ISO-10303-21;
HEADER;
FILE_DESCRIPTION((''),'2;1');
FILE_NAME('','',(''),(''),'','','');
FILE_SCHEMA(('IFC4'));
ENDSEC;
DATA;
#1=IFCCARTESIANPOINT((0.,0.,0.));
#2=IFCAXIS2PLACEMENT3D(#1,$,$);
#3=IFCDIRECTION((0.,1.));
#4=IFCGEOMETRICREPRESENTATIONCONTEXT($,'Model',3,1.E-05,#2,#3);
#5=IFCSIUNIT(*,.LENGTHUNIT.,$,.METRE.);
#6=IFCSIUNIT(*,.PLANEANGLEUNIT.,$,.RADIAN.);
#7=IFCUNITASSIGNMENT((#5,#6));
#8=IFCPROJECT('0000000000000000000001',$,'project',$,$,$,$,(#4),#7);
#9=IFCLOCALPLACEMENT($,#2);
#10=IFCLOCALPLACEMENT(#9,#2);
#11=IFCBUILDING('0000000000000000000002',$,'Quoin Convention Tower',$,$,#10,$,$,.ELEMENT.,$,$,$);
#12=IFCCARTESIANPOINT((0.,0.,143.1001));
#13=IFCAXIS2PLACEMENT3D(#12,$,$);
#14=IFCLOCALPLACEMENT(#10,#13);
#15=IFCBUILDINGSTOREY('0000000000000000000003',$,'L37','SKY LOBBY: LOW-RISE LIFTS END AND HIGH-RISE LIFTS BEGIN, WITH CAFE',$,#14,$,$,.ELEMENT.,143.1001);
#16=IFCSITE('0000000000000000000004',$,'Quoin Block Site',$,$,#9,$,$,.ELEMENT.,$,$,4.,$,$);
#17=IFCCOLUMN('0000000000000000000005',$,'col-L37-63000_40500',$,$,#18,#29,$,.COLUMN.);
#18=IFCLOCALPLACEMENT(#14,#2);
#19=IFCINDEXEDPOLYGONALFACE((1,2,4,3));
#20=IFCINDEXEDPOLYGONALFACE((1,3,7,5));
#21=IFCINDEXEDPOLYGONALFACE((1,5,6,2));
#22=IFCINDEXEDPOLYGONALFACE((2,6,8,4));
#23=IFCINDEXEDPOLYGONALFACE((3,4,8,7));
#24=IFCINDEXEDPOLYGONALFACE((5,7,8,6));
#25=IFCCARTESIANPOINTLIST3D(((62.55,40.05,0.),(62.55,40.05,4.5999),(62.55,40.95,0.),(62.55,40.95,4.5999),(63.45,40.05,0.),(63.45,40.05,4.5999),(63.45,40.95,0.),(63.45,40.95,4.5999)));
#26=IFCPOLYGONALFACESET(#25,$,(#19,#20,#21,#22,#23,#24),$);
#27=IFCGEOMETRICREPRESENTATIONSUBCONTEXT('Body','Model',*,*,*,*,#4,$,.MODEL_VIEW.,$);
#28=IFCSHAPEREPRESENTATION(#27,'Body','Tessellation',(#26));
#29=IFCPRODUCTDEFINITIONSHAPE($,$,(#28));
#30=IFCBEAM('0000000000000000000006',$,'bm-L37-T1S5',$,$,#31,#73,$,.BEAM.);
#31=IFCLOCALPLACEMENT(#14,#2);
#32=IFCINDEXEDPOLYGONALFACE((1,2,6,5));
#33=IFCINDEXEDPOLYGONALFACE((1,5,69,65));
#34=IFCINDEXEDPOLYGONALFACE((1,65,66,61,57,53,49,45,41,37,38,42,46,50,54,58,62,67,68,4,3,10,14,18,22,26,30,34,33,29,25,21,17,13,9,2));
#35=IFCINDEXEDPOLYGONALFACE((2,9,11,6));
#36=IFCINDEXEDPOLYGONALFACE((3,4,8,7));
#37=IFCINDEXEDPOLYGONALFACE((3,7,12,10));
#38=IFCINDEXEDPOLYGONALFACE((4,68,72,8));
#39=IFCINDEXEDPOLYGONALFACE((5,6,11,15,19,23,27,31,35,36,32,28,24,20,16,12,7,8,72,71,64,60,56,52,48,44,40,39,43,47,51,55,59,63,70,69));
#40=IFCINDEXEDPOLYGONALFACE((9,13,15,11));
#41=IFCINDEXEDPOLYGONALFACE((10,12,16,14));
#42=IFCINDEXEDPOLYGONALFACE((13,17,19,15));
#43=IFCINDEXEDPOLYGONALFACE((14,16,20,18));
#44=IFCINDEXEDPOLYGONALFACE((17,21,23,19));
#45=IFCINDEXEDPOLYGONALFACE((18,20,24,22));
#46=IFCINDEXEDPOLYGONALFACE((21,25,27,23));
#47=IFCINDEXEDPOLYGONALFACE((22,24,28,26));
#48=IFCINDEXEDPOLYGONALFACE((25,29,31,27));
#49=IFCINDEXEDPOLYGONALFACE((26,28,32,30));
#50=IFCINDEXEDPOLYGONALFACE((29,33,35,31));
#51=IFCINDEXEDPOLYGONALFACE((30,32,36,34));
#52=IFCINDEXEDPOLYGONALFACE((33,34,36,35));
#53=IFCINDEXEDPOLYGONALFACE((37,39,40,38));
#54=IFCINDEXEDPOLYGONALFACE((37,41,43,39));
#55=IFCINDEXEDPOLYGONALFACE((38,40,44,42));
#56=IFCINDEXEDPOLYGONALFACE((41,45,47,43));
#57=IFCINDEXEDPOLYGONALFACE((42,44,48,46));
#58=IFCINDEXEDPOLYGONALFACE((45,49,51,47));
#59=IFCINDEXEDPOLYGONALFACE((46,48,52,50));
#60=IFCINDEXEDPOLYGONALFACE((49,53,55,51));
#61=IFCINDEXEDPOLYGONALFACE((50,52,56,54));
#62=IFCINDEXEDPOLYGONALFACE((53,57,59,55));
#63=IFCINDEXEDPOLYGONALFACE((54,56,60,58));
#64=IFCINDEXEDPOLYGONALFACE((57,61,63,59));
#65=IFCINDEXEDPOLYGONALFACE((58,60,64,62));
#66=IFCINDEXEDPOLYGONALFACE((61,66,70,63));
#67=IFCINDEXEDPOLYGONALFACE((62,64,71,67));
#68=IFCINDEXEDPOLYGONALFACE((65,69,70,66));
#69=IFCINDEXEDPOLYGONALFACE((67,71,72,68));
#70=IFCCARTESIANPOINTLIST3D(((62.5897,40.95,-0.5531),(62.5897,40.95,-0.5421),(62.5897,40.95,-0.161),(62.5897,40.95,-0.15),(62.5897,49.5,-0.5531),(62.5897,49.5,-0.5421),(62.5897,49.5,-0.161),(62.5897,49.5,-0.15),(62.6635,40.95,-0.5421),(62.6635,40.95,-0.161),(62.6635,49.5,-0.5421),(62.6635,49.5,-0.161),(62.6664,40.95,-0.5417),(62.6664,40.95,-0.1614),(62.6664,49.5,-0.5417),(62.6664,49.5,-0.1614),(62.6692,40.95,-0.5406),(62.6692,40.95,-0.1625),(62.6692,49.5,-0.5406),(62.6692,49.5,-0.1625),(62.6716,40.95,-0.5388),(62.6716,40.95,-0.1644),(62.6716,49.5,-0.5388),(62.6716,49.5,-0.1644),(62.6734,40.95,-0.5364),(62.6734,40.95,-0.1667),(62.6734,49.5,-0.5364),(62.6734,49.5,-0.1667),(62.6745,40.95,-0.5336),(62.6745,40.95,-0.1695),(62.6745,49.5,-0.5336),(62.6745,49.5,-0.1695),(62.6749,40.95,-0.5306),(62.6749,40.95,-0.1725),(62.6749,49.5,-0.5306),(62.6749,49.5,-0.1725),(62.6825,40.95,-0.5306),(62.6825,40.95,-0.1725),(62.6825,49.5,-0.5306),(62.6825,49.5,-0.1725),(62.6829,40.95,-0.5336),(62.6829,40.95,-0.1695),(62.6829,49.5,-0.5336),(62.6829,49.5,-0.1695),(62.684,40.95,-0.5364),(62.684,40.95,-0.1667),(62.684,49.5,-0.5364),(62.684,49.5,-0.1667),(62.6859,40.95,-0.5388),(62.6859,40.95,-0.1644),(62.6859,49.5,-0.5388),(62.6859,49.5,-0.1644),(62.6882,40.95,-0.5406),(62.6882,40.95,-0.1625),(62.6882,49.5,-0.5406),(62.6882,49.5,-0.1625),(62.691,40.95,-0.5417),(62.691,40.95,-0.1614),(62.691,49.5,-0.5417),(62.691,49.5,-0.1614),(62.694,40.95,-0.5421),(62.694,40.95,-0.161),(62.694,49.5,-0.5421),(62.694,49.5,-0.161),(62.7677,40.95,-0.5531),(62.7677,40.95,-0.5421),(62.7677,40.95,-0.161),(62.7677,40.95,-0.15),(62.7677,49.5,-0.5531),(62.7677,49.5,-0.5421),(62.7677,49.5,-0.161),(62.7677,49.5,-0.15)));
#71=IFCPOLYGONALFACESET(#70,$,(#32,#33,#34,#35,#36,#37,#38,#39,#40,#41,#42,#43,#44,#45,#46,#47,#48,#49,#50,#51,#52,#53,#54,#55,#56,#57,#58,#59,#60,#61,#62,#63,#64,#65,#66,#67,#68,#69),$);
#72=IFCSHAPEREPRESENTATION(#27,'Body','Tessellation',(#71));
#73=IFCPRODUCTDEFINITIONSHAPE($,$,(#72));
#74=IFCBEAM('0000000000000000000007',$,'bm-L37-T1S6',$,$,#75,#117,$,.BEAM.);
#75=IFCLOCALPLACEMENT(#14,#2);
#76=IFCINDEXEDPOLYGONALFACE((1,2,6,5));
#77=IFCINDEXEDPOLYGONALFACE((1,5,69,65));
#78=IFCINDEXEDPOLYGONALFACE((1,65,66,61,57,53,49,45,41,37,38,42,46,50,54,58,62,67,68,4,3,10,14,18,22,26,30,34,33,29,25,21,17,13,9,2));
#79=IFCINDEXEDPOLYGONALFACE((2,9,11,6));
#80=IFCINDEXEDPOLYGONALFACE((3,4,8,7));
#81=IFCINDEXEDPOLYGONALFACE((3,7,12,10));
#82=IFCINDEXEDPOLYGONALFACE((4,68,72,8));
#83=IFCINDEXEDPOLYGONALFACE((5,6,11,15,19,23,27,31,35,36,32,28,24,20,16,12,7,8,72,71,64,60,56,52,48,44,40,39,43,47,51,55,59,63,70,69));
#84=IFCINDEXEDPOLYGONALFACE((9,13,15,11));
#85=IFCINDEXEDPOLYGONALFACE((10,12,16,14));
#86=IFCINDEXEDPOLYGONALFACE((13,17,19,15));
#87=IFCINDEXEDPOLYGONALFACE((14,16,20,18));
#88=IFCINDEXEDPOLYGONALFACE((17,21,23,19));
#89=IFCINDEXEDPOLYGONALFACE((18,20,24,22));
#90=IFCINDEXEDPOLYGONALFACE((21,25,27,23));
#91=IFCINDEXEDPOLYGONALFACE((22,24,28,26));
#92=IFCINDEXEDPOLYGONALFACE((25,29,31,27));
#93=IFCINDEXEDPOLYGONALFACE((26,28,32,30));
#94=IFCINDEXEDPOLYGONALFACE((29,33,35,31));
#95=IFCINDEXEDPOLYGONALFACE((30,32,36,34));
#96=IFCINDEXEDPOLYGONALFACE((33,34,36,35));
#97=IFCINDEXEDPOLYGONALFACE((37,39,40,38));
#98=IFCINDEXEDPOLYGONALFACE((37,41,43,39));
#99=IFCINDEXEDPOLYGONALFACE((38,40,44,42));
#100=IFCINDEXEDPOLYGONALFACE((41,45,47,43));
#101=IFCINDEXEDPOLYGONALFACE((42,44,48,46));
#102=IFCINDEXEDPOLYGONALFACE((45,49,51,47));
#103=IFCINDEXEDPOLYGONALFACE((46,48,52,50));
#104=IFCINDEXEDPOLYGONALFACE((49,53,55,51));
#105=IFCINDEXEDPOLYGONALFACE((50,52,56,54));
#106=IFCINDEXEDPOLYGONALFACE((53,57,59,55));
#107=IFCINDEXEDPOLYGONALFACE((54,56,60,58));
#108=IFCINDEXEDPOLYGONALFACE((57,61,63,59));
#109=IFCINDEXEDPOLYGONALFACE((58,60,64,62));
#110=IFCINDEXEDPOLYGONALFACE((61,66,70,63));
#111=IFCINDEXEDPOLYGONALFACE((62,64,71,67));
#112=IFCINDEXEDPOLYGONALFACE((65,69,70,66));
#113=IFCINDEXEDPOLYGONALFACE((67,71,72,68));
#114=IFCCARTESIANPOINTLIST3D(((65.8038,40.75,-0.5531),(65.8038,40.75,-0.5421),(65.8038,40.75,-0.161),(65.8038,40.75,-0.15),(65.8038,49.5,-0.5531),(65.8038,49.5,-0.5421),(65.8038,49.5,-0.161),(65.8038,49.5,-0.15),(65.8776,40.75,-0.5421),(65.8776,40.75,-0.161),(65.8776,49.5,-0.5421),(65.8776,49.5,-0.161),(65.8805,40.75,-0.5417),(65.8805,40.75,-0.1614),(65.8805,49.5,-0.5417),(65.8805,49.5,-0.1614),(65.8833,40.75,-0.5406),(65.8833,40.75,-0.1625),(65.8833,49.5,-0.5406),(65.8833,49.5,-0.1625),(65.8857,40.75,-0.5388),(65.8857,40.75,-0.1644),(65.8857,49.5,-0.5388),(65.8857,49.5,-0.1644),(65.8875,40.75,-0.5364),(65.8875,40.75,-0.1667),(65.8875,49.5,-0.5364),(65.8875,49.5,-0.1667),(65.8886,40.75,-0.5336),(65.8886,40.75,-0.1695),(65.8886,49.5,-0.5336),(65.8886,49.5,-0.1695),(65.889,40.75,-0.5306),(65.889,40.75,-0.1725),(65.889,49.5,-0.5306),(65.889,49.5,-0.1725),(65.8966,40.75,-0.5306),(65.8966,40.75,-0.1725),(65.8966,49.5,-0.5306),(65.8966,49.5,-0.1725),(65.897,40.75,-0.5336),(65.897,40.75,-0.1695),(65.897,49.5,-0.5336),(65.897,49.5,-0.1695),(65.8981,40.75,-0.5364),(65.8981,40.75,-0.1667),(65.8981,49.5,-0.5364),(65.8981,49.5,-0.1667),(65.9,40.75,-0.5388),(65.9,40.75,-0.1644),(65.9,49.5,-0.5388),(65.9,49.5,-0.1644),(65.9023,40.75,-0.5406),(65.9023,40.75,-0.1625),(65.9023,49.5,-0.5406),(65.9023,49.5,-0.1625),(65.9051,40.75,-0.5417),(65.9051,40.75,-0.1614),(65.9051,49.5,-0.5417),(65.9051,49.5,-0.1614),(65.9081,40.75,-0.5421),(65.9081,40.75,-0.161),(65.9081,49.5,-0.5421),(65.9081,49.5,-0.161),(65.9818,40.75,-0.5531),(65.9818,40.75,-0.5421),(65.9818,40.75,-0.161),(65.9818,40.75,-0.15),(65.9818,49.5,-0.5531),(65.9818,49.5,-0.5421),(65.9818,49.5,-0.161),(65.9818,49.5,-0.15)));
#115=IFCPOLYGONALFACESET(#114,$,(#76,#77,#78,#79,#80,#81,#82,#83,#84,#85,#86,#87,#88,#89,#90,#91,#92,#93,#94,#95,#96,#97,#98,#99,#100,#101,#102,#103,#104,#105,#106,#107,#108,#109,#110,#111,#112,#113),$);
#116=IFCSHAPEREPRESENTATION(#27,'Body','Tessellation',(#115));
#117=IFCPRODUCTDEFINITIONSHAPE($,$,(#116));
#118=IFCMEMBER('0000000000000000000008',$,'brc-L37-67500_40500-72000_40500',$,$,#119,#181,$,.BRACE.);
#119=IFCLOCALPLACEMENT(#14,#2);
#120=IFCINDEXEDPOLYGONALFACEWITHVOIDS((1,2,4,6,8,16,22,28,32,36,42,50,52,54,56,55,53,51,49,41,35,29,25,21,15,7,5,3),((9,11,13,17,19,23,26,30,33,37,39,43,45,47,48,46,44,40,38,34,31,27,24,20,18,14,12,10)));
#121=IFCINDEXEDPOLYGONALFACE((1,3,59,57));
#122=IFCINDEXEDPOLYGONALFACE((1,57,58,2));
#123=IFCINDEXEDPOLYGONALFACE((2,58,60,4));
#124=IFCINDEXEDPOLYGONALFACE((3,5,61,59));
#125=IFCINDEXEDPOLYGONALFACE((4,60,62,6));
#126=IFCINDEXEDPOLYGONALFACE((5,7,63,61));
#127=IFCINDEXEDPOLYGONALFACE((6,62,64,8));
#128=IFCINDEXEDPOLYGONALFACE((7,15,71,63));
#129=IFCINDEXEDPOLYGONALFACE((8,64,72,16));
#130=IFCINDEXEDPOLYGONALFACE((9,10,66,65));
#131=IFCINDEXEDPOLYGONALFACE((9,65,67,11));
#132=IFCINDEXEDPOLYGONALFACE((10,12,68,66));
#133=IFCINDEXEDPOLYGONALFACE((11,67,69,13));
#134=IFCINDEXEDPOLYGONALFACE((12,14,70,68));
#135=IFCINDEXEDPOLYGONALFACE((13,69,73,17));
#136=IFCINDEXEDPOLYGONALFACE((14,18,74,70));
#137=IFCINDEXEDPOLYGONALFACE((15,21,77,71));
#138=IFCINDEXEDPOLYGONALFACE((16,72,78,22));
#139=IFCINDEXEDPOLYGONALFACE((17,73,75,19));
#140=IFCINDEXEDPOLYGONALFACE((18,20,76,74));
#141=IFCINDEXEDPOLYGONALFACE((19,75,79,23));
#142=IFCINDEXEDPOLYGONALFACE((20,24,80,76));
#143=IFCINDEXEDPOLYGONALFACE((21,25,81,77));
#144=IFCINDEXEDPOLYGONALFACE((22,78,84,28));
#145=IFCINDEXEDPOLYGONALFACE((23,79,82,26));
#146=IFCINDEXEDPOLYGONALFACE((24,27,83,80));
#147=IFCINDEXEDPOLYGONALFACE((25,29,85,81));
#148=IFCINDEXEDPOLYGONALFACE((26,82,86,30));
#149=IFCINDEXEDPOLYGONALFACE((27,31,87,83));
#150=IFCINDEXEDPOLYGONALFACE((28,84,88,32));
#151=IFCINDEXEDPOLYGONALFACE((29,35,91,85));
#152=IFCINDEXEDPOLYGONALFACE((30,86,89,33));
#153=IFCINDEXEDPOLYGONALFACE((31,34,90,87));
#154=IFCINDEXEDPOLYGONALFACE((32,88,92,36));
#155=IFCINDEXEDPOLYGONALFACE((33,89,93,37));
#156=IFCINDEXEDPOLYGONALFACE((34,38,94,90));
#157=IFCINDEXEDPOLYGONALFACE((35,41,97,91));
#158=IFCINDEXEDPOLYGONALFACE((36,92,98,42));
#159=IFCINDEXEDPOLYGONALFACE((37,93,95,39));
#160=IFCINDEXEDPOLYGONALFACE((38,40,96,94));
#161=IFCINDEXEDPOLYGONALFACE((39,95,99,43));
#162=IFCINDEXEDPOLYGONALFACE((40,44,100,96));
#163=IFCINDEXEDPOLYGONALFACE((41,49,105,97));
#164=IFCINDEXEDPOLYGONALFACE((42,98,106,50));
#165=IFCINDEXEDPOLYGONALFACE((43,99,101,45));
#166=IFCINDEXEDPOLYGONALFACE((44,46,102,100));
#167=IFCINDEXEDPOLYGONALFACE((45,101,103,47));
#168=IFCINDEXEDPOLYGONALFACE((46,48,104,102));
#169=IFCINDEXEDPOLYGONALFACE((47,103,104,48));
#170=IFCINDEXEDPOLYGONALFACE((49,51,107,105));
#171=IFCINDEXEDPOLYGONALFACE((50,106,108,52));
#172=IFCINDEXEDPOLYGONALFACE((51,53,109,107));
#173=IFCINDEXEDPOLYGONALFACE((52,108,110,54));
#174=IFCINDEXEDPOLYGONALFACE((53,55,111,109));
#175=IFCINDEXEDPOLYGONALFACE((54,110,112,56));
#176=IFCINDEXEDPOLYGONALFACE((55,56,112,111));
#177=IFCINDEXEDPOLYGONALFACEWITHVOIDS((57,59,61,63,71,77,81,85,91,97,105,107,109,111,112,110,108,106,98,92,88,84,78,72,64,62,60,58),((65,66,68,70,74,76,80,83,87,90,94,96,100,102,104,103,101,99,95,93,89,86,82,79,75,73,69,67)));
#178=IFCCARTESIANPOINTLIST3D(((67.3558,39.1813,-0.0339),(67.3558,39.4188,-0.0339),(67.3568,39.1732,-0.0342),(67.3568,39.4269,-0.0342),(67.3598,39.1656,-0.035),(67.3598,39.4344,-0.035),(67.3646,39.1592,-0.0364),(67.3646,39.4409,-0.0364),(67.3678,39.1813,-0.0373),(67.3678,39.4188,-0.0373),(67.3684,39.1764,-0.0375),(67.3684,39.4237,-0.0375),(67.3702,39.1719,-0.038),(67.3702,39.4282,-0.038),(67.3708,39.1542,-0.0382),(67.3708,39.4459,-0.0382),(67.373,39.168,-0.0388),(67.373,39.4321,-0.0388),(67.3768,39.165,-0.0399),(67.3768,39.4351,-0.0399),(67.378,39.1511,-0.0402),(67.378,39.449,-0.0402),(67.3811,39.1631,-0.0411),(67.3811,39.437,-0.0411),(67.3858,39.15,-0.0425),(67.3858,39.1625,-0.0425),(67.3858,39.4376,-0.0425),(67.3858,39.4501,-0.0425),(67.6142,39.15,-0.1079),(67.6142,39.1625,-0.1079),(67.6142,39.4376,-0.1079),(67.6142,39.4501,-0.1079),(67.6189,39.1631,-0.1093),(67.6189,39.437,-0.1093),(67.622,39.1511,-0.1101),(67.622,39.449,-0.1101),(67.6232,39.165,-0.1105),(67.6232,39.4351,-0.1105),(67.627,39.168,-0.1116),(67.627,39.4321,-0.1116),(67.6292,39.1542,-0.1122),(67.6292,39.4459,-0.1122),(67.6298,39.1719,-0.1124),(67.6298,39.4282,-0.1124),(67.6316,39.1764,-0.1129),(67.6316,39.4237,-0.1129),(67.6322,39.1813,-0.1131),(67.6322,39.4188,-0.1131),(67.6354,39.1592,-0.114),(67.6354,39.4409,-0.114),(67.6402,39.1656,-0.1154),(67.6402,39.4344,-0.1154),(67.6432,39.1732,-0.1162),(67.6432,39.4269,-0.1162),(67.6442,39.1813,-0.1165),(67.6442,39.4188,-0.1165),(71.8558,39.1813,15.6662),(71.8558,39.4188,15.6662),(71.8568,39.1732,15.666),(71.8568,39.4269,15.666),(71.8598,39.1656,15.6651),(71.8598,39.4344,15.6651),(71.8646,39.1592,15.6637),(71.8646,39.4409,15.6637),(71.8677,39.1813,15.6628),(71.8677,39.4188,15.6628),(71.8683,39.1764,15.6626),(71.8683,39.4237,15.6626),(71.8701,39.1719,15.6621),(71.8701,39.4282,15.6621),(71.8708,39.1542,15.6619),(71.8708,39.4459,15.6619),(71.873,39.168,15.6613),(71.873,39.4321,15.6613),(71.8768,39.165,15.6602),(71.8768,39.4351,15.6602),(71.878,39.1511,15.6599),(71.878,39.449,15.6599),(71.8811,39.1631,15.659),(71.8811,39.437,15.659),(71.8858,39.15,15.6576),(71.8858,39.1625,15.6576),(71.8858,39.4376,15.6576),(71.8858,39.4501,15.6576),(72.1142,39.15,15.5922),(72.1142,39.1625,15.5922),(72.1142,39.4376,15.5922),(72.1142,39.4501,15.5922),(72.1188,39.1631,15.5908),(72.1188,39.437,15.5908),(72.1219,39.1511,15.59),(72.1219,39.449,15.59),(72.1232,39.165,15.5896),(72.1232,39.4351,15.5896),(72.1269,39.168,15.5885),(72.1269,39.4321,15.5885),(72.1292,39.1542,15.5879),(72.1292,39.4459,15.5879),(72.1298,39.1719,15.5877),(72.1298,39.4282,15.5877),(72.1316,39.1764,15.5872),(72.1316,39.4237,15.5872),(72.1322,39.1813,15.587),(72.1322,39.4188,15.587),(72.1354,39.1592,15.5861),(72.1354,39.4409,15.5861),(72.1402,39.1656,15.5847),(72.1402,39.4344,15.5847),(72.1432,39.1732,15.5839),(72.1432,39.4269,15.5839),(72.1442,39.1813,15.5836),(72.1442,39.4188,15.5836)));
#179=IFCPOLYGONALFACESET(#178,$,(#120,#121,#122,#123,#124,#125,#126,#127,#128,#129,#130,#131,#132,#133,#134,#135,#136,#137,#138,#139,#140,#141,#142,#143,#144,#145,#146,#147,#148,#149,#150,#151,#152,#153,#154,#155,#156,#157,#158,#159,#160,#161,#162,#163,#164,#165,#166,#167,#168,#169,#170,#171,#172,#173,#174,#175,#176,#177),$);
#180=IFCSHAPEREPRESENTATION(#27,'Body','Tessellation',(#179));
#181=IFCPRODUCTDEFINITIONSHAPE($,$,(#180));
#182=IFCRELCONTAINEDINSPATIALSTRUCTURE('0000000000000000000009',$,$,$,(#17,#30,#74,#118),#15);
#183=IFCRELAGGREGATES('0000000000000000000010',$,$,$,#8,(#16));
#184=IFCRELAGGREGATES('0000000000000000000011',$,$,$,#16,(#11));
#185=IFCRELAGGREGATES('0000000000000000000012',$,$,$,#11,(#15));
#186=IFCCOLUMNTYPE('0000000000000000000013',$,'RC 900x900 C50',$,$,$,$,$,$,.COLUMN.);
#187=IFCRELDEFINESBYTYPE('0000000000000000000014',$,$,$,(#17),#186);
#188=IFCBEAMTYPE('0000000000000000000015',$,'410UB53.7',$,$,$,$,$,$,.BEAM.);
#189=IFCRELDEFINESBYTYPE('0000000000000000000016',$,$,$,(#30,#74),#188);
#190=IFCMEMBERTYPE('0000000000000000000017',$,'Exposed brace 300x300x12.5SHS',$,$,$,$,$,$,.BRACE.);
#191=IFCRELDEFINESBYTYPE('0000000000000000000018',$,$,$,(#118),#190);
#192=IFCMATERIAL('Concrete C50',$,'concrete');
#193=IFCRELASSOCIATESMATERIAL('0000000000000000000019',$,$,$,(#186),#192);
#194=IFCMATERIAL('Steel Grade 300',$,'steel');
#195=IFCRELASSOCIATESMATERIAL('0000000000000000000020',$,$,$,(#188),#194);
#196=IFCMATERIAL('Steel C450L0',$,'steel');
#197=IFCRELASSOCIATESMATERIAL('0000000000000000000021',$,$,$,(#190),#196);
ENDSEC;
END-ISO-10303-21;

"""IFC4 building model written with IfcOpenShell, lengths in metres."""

from ifc_helpers import new_model, si_unit, direction, frame, origin, origin_2d, place, context, subcontext, project, spatial, rectangle, hollow_rectangle, i_section, extrude, material, material_profile, profile_set, type_object, element, save


model = new_model("IFC4")

# Units and contexts
model_context = context("Model", 3, precision=1e-05, world=origin(), true_north=direction((0.0, 1.0)))
body_context = subcontext(model_context, "Body", "Model", "MODEL_VIEW")
ifc_project = project(units=[si_unit("LENGTHUNIT", "METRE"), si_unit("PLANEANGLEUNIT", "RADIAN")], contexts=[model_context])

# Site, building, storey
site_placement = place(None, origin())
site = spatial("IfcSite", under=ifc_project, at=site_placement, Name="Quoin Block Site", CompositionType="ELEMENT", RefElevation=4.0)
building_placement = place(site_placement, origin())
building = spatial("IfcBuilding", under=site, at=building_placement, Name="Quoin Convention Tower", CompositionType="ELEMENT")
storey_placement = place(building_placement, frame((0.0, 0.0, 143.1001)))
storey = spatial("IfcBuildingStorey", under=building, at=storey_placement, Name="L37", Description="SKY LOBBY: LOW-RISE LIFTS END AND HIGH-RISE LIFTS BEGIN, WITH CAFE", CompositionType="ELEMENT", Elevation=143.1001)

# Column
ifc_material_1 = material(Name="Concrete C50", Category="concrete")
ifc_material_profile_1 = material_profile(ifc_material_1, rectangle(XDim=0.8999, YDim=0.8999, at=origin_2d()), Name="RC 900x900")
ifc_profile_set_1 = profile_set([ifc_material_profile_1], Name="Concrete C50")
column_type = type_object("IfcColumnType", Name="RC 900x900 C50", PredefinedType="COLUMN", material=ifc_profile_set_1)
column_placement = place(storey_placement, frame((63.0, 40.5, 0.0), z_axis=(0.0, 0.0, 1.0), x_axis=(1.0, 0.0, 0.0)))
element("IfcColumn", 1, at=column_placement, inside=storey, type_object=column_type, Name="col-L37-63000_40500", PredefinedType="COLUMN", context=body_context, shape_type="SweptSolid", body=[
    extrude(rectangle(XDim=0.8999, YDim=0.8999, at=origin_2d()), origin(), (0.0, 0.0, 1.0), 4.5999),
])

# Beams
ifc_material_2 = material(Name="Steel Grade 300", Category="steel")
ifc_material_profile_2 = material_profile(ifc_material_2, i_section(OverallWidth=0.178, OverallDepth=0.4031, WebThickness=0.0076, FlangeThickness=0.011, FilletRadius=0.0115, at=origin_2d()), Name="410UB53.7")
ifc_profile_set_2 = profile_set([ifc_material_profile_2], Name="Steel Grade 300")
beam_type = type_object("IfcBeamType", Name="410UB53.7", PredefinedType="BEAM", material=ifc_profile_set_2)
beam_1_placement = place(storey_placement, frame((62.6787, 40.95, -0.3516), z_axis=(0.0, 1.0, 0.0), x_axis=(-1.0, 0.0, 0.0)))
element("IfcBeam", 2, at=beam_1_placement, inside=storey, type_object=beam_type, Name="bm-L37-T1S5", PredefinedType="BEAM", context=body_context, shape_type="SweptSolid", body=[
    extrude(i_section(OverallWidth=0.178, OverallDepth=0.4031, WebThickness=0.0076, FlangeThickness=0.011, FilletRadius=0.0115, at=origin_2d()), origin(), (0.0, 0.0, 1.0), 8.55),
])
beam_2_placement = place(storey_placement, frame((65.8928, 40.75, -0.3516), z_axis=(0.0, 1.0, 0.0), x_axis=(-1.0, 0.0, 0.0)))
element("IfcBeam", 3, at=beam_2_placement, inside=storey, type_object=beam_type, Name="bm-L37-T1S6", PredefinedType="BEAM", context=body_context, shape_type="SweptSolid", body=[
    extrude(i_section(OverallWidth=0.178, OverallDepth=0.4031, WebThickness=0.0076, FlangeThickness=0.011, FilletRadius=0.0115, at=origin_2d()), origin(), (0.0, 0.0, 1.0), 8.75),
])

# Member
ifc_material_3 = material(Name="Steel C450L0", Category="steel")
ifc_material_profile_3 = material_profile(ifc_material_3, hollow_rectangle(XDim=0.3, YDim=0.3, WallThickness=0.0125, InnerFilletRadius=0.0188, OuterFilletRadius=0.0312, at=origin_2d()), Name="300x300x12.5SHS")
ifc_profile_set_3 = profile_set([ifc_material_profile_3], Name="Steel C450L0")
member_type_1 = type_object("IfcMemberType", Name="Exposed brace 300x300x12.5SHS", PredefinedType="BRACE", material=ifc_profile_set_3)
member_1_placement = place(storey_placement, frame((67.5, 39.3, -0.0752), z_axis=(0.275527, 0.0, 0.961293), x_axis=(0.0, 1.0, 0.0)))
element("IfcMember", 4, at=member_1_placement, inside=storey, type_object=member_type_1, Name="brc-L37-67500_40500-72000_40500", PredefinedType="BRACE", context=body_context, shape_type="SweptSolid", body=[
    extrude(hollow_rectangle(XDim=0.3, YDim=0.3, WallThickness=0.0125, InnerFilletRadius=0.0188, OuterFilletRadius=0.0312, at=origin_2d()), origin(), (0.0, 0.0, 1.0), 16.3323),
])

save(model, "model.ifc")
